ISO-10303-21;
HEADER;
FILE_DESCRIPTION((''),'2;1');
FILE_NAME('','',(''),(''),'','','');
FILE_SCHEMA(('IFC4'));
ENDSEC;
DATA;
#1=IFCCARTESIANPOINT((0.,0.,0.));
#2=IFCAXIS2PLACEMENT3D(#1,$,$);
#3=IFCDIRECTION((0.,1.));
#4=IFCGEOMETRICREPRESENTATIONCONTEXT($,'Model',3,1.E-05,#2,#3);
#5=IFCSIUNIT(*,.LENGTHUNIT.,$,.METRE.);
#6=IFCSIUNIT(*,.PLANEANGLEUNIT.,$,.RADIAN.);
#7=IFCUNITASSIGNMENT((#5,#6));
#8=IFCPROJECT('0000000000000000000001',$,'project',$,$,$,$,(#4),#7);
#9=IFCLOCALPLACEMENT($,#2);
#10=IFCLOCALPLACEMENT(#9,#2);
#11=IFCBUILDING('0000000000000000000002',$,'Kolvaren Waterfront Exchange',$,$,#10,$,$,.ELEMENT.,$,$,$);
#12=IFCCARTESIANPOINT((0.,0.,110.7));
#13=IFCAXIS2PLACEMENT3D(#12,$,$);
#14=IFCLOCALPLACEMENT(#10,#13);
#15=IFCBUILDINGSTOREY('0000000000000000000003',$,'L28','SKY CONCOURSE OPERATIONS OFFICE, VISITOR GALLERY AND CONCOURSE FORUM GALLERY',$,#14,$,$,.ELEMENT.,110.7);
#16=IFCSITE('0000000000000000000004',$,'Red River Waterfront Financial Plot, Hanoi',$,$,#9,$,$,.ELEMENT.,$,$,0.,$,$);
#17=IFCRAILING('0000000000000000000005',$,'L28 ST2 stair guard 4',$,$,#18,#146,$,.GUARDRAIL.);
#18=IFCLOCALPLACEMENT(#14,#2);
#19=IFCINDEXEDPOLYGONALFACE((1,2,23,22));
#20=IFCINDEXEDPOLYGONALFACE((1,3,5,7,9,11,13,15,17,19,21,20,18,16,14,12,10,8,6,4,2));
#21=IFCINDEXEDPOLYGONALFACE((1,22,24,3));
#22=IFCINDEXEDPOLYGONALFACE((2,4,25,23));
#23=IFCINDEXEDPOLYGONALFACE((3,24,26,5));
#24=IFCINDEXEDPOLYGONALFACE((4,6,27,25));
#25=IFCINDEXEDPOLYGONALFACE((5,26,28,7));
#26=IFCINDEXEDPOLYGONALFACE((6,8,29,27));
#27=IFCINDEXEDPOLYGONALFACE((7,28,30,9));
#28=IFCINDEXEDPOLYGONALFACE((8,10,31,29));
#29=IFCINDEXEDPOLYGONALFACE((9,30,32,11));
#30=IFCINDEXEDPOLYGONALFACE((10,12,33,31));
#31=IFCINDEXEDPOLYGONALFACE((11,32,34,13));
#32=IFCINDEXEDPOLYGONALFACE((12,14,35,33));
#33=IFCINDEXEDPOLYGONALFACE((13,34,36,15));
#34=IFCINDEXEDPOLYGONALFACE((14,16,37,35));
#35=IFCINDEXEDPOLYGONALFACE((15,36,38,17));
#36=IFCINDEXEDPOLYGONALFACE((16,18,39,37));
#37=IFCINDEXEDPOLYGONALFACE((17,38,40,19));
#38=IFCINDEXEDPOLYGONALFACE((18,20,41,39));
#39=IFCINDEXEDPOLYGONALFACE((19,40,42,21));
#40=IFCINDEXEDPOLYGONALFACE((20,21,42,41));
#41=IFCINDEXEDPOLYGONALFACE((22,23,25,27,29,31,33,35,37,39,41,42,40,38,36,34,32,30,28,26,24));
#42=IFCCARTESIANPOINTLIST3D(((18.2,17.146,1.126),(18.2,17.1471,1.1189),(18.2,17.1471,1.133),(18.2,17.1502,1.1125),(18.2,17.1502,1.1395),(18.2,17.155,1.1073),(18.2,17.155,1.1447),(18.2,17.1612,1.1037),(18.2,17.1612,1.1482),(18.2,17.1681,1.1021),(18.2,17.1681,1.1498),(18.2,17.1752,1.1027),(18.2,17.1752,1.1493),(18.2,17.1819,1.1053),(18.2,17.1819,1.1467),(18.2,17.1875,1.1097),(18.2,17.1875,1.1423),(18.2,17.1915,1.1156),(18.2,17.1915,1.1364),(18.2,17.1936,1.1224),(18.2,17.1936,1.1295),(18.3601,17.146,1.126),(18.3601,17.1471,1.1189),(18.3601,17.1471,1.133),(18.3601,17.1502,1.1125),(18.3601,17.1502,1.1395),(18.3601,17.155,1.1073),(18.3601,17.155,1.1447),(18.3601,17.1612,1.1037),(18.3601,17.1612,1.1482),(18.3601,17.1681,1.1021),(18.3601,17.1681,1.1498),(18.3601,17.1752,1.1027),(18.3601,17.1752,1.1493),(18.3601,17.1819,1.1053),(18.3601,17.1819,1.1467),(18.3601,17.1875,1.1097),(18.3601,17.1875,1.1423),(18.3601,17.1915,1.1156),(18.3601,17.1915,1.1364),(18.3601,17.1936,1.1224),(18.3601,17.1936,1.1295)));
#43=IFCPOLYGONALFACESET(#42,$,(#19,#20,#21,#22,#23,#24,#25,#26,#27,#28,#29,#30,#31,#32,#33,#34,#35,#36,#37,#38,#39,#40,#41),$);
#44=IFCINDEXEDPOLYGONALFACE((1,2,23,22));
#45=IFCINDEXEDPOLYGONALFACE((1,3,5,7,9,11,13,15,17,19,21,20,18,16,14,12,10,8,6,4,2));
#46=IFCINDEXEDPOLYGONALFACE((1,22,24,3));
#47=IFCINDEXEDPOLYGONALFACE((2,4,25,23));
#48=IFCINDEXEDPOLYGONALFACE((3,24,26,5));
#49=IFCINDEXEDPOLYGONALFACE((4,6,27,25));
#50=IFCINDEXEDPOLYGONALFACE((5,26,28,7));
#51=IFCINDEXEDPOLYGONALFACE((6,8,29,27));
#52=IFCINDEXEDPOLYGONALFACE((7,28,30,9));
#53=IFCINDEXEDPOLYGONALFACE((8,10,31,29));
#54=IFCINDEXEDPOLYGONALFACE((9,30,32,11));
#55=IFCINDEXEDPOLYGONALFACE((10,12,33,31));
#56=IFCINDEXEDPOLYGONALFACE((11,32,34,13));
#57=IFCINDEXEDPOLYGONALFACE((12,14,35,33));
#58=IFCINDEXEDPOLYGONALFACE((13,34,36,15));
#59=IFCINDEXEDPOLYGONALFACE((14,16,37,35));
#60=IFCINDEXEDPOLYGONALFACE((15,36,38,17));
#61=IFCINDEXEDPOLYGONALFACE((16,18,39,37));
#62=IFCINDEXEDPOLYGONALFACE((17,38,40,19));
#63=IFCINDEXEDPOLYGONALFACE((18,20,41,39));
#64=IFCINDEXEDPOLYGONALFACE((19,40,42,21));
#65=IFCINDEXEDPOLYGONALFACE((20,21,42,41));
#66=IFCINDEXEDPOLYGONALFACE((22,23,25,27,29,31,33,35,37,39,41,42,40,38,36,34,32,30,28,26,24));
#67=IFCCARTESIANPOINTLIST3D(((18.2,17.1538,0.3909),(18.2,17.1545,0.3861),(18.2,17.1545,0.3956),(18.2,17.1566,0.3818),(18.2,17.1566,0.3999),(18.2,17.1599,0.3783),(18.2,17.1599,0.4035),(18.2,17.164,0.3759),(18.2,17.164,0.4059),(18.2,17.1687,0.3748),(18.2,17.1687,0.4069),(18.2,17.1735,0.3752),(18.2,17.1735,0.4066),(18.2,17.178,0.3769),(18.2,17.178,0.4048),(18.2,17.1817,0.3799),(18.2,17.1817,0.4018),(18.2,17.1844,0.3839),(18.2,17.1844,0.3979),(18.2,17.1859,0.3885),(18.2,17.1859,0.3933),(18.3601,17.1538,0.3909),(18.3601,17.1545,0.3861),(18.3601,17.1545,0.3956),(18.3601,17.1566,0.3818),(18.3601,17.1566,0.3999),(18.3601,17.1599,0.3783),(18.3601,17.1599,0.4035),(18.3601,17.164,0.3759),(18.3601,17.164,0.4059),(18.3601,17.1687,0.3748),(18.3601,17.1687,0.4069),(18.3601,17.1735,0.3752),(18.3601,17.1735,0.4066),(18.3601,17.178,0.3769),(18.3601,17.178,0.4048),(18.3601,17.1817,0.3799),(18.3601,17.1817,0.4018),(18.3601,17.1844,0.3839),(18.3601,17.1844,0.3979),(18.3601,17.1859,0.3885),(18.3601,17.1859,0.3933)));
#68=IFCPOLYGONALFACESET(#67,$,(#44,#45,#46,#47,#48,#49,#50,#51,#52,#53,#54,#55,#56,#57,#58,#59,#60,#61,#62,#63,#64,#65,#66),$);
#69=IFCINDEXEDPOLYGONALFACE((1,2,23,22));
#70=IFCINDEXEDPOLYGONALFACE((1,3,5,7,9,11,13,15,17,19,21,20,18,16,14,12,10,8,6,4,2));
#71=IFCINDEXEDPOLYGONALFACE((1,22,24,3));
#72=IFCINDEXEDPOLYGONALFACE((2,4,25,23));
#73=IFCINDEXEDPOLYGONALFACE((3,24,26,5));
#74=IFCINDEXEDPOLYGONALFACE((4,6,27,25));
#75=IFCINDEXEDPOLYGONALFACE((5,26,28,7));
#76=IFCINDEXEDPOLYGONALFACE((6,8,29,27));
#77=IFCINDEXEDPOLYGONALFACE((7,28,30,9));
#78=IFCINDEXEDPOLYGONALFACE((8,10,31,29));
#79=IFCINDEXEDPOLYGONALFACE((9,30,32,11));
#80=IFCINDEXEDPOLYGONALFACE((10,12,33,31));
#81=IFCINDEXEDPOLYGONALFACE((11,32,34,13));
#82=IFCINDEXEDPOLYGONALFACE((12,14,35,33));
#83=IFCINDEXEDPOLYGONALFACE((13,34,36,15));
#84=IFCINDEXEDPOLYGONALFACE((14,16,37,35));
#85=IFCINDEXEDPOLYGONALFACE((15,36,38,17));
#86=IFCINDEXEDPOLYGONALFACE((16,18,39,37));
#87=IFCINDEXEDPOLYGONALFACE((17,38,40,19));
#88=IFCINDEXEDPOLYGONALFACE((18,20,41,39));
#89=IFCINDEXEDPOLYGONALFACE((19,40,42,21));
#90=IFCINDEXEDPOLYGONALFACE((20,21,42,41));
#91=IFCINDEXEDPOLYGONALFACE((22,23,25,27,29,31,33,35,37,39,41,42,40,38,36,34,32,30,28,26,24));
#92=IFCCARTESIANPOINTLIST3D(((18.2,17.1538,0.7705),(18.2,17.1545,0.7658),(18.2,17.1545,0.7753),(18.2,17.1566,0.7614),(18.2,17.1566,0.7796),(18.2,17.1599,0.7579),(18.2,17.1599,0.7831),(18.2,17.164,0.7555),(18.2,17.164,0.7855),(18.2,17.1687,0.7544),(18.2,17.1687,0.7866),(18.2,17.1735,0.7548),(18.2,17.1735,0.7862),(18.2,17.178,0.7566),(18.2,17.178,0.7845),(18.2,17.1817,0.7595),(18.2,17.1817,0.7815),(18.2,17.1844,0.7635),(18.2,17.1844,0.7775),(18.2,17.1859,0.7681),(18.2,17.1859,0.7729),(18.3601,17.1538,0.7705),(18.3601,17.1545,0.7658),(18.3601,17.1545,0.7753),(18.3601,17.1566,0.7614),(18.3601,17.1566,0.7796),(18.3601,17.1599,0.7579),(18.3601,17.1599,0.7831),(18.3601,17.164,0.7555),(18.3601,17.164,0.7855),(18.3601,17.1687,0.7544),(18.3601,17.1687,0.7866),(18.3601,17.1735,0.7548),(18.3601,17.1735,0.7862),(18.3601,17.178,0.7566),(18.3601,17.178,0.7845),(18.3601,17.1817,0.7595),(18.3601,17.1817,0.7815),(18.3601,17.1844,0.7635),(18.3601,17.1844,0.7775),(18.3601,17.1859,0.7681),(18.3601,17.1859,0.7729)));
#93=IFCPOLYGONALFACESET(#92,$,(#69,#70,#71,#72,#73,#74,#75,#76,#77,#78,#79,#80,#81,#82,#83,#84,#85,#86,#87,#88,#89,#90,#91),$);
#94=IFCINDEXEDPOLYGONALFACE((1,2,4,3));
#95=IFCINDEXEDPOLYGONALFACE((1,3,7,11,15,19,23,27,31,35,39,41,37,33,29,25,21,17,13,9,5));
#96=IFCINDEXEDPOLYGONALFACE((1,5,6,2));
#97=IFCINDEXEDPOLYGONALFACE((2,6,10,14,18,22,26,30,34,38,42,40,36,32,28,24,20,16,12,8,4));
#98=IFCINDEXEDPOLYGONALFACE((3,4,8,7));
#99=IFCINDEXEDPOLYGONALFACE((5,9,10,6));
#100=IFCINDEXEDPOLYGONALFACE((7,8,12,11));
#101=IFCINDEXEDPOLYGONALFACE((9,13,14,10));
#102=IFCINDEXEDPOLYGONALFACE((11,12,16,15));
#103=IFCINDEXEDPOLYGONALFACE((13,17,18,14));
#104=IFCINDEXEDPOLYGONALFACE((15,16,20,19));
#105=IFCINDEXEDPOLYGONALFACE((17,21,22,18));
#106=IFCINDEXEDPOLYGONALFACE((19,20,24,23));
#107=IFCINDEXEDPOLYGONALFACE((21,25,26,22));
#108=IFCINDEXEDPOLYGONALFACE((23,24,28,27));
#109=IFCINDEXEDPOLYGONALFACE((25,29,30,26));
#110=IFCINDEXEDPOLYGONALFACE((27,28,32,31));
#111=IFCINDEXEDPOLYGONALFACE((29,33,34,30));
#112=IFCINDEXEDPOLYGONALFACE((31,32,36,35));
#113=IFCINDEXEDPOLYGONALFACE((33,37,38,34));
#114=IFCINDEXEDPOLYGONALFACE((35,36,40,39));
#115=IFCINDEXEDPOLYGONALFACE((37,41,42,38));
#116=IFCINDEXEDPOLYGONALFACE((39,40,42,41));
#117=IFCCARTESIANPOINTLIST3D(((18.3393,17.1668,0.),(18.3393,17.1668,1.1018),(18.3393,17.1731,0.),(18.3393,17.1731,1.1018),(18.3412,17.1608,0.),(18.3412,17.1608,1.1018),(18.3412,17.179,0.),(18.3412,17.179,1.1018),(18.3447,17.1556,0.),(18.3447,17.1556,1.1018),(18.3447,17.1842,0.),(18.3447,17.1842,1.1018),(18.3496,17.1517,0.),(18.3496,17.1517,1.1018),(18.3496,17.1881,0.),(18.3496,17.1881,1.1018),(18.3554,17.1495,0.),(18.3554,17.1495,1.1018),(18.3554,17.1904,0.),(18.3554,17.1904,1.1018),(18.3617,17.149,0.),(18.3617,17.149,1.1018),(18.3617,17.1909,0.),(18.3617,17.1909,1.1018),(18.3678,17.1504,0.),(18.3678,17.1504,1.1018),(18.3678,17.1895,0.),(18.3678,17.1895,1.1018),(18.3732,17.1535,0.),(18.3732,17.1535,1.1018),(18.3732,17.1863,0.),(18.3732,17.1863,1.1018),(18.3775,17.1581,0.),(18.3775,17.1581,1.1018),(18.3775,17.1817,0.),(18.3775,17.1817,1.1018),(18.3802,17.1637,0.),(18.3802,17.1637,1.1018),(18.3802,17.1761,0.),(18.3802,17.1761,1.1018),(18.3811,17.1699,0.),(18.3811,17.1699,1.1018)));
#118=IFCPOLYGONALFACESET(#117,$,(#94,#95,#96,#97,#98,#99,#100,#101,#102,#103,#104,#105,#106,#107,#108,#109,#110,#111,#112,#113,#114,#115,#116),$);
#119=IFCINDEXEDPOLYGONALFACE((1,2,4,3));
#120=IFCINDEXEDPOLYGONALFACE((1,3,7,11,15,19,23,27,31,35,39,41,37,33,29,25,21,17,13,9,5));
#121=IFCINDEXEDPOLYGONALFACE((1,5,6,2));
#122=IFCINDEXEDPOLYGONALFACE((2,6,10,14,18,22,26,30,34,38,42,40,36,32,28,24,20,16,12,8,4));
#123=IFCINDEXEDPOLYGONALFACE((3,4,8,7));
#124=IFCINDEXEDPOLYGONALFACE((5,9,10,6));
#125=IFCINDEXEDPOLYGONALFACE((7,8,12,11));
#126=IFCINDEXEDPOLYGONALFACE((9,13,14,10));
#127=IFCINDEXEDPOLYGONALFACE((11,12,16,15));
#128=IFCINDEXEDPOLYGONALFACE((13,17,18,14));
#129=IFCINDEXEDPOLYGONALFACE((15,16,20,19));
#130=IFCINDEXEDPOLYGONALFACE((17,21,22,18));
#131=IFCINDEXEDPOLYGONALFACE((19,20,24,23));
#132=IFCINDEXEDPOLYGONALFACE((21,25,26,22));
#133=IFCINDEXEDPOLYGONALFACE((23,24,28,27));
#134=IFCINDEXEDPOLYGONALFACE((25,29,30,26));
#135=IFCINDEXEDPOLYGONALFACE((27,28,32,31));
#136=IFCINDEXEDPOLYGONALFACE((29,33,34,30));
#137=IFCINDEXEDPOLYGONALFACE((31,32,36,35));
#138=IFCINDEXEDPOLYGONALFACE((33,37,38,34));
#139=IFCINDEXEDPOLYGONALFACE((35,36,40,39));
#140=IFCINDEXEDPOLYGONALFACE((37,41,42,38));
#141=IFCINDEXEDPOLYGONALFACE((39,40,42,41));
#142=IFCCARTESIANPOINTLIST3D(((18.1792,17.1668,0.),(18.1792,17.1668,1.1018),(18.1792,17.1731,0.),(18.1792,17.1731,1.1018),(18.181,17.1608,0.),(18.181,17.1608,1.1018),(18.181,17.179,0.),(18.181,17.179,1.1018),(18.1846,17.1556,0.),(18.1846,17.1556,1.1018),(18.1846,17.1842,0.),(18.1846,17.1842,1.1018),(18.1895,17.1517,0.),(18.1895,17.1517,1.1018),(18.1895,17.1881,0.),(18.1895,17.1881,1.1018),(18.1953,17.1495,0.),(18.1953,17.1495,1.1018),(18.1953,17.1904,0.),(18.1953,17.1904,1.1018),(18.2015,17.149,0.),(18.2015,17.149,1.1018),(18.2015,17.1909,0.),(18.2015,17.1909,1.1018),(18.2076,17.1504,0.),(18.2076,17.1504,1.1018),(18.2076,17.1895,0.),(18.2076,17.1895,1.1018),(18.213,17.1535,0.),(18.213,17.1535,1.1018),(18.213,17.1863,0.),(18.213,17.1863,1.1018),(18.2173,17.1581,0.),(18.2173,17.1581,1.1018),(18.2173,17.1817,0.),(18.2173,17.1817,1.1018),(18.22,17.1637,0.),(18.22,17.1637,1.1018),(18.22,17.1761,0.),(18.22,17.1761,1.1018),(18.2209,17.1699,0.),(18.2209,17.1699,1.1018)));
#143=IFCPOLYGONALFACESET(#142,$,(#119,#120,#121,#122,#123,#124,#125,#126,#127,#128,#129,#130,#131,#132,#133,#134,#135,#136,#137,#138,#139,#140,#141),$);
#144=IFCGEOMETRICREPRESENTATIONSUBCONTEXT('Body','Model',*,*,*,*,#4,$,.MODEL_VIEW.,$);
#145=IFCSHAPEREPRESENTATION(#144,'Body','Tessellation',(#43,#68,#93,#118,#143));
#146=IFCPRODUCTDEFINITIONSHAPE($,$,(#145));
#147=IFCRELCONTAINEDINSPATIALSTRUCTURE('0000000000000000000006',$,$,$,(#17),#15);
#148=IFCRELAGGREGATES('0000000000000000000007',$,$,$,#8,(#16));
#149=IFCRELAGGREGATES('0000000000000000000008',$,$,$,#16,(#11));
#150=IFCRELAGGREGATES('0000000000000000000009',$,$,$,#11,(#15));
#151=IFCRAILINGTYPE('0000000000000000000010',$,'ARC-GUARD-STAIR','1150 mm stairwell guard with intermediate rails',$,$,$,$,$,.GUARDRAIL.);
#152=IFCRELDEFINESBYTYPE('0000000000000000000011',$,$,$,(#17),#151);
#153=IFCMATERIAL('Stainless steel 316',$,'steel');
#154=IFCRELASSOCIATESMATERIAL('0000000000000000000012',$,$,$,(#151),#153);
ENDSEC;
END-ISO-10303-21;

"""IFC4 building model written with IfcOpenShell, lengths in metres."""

from ifc_helpers import new_model, si_unit, direction, frame, origin, origin_2d, place, context, subcontext, project, spatial, circle, extrude, material, type_object, element, save


model = new_model("IFC4")

# Units and contexts
model_context = context("Model", 3, precision=1e-05, world=origin(), true_north=direction((0.0, 1.0)))
body_context = subcontext(model_context, "Body", "Model", "MODEL_VIEW")
ifc_project = project(units=[si_unit("LENGTHUNIT", "METRE"), si_unit("PLANEANGLEUNIT", "RADIAN")], contexts=[model_context])

# Site, building, storey
site_placement = place(None, origin())
site = spatial("IfcSite", under=ifc_project, at=site_placement, Name="Red River Waterfront Financial Plot, Hanoi", CompositionType="ELEMENT", RefElevation=0.0)
building_placement = place(site_placement, origin())
building = spatial("IfcBuilding", under=site, at=building_placement, Name="Kolvaren Waterfront Exchange", CompositionType="ELEMENT")
storey_placement = place(building_placement, frame((0.0, 0.0, 110.7)))
storey = spatial("IfcBuildingStorey", under=building, at=storey_placement, Name="L28", Description="SKY CONCOURSE OPERATIONS OFFICE, VISITOR GALLERY AND CONCOURSE FORUM GALLERY", CompositionType="ELEMENT", Elevation=110.7)

# Railing
ifc_material_1 = material(Name="Stainless steel 316", Category="steel")
railing_type_1 = type_object("IfcRailingType", Name="ARC-GUARD-STAIR", Description="1150 mm stairwell guard with intermediate rails", PredefinedType="GUARDRAIL", material=ifc_material_1)
railing_1_placement = place(storey_placement, frame((18.3601, 17.1699, 0.0)))
element("IfcRailing", 1, at=railing_1_placement, inside=storey, type_object=railing_type_1, Name="L28 ST2 stair guard 4", PredefinedType="GUARDRAIL", context=body_context, shape_type="SweptSolid", body=[
    extrude(circle(Radius=0.0239, at=origin_2d()), frame((0.0, 0.0, 1.126), z_axis=(-1.0, 0.0, 0.0), x_axis=(0.0, -1.0, 0.0)), (0.0, 0.0, 1.0), 0.1602),
    extrude(circle(Radius=0.0161, at=origin_2d()), frame((0.0, 0.0, 0.3909), z_axis=(-1.0, 0.0, 0.0), x_axis=(0.0, -1.0, 0.0)), (0.0, 0.0, 1.0), 0.1602),
    extrude(circle(Radius=0.0161, at=origin_2d()), frame((0.0, 0.0, 0.7705), z_axis=(-1.0, 0.0, 0.0), x_axis=(0.0, -1.0, 0.0)), (0.0, 0.0, 1.0), 0.1602),
    extrude(circle(Radius=0.021, at=origin_2d()), origin(), (0.0, 0.0, 1.0), 1.1018),
    extrude(circle(Radius=0.021, at=origin_2d()), frame((-0.1602, 0.0, 0.0)), (0.0, 0.0, 1.0), 1.1018),
])

save(model, "model.ifc")
